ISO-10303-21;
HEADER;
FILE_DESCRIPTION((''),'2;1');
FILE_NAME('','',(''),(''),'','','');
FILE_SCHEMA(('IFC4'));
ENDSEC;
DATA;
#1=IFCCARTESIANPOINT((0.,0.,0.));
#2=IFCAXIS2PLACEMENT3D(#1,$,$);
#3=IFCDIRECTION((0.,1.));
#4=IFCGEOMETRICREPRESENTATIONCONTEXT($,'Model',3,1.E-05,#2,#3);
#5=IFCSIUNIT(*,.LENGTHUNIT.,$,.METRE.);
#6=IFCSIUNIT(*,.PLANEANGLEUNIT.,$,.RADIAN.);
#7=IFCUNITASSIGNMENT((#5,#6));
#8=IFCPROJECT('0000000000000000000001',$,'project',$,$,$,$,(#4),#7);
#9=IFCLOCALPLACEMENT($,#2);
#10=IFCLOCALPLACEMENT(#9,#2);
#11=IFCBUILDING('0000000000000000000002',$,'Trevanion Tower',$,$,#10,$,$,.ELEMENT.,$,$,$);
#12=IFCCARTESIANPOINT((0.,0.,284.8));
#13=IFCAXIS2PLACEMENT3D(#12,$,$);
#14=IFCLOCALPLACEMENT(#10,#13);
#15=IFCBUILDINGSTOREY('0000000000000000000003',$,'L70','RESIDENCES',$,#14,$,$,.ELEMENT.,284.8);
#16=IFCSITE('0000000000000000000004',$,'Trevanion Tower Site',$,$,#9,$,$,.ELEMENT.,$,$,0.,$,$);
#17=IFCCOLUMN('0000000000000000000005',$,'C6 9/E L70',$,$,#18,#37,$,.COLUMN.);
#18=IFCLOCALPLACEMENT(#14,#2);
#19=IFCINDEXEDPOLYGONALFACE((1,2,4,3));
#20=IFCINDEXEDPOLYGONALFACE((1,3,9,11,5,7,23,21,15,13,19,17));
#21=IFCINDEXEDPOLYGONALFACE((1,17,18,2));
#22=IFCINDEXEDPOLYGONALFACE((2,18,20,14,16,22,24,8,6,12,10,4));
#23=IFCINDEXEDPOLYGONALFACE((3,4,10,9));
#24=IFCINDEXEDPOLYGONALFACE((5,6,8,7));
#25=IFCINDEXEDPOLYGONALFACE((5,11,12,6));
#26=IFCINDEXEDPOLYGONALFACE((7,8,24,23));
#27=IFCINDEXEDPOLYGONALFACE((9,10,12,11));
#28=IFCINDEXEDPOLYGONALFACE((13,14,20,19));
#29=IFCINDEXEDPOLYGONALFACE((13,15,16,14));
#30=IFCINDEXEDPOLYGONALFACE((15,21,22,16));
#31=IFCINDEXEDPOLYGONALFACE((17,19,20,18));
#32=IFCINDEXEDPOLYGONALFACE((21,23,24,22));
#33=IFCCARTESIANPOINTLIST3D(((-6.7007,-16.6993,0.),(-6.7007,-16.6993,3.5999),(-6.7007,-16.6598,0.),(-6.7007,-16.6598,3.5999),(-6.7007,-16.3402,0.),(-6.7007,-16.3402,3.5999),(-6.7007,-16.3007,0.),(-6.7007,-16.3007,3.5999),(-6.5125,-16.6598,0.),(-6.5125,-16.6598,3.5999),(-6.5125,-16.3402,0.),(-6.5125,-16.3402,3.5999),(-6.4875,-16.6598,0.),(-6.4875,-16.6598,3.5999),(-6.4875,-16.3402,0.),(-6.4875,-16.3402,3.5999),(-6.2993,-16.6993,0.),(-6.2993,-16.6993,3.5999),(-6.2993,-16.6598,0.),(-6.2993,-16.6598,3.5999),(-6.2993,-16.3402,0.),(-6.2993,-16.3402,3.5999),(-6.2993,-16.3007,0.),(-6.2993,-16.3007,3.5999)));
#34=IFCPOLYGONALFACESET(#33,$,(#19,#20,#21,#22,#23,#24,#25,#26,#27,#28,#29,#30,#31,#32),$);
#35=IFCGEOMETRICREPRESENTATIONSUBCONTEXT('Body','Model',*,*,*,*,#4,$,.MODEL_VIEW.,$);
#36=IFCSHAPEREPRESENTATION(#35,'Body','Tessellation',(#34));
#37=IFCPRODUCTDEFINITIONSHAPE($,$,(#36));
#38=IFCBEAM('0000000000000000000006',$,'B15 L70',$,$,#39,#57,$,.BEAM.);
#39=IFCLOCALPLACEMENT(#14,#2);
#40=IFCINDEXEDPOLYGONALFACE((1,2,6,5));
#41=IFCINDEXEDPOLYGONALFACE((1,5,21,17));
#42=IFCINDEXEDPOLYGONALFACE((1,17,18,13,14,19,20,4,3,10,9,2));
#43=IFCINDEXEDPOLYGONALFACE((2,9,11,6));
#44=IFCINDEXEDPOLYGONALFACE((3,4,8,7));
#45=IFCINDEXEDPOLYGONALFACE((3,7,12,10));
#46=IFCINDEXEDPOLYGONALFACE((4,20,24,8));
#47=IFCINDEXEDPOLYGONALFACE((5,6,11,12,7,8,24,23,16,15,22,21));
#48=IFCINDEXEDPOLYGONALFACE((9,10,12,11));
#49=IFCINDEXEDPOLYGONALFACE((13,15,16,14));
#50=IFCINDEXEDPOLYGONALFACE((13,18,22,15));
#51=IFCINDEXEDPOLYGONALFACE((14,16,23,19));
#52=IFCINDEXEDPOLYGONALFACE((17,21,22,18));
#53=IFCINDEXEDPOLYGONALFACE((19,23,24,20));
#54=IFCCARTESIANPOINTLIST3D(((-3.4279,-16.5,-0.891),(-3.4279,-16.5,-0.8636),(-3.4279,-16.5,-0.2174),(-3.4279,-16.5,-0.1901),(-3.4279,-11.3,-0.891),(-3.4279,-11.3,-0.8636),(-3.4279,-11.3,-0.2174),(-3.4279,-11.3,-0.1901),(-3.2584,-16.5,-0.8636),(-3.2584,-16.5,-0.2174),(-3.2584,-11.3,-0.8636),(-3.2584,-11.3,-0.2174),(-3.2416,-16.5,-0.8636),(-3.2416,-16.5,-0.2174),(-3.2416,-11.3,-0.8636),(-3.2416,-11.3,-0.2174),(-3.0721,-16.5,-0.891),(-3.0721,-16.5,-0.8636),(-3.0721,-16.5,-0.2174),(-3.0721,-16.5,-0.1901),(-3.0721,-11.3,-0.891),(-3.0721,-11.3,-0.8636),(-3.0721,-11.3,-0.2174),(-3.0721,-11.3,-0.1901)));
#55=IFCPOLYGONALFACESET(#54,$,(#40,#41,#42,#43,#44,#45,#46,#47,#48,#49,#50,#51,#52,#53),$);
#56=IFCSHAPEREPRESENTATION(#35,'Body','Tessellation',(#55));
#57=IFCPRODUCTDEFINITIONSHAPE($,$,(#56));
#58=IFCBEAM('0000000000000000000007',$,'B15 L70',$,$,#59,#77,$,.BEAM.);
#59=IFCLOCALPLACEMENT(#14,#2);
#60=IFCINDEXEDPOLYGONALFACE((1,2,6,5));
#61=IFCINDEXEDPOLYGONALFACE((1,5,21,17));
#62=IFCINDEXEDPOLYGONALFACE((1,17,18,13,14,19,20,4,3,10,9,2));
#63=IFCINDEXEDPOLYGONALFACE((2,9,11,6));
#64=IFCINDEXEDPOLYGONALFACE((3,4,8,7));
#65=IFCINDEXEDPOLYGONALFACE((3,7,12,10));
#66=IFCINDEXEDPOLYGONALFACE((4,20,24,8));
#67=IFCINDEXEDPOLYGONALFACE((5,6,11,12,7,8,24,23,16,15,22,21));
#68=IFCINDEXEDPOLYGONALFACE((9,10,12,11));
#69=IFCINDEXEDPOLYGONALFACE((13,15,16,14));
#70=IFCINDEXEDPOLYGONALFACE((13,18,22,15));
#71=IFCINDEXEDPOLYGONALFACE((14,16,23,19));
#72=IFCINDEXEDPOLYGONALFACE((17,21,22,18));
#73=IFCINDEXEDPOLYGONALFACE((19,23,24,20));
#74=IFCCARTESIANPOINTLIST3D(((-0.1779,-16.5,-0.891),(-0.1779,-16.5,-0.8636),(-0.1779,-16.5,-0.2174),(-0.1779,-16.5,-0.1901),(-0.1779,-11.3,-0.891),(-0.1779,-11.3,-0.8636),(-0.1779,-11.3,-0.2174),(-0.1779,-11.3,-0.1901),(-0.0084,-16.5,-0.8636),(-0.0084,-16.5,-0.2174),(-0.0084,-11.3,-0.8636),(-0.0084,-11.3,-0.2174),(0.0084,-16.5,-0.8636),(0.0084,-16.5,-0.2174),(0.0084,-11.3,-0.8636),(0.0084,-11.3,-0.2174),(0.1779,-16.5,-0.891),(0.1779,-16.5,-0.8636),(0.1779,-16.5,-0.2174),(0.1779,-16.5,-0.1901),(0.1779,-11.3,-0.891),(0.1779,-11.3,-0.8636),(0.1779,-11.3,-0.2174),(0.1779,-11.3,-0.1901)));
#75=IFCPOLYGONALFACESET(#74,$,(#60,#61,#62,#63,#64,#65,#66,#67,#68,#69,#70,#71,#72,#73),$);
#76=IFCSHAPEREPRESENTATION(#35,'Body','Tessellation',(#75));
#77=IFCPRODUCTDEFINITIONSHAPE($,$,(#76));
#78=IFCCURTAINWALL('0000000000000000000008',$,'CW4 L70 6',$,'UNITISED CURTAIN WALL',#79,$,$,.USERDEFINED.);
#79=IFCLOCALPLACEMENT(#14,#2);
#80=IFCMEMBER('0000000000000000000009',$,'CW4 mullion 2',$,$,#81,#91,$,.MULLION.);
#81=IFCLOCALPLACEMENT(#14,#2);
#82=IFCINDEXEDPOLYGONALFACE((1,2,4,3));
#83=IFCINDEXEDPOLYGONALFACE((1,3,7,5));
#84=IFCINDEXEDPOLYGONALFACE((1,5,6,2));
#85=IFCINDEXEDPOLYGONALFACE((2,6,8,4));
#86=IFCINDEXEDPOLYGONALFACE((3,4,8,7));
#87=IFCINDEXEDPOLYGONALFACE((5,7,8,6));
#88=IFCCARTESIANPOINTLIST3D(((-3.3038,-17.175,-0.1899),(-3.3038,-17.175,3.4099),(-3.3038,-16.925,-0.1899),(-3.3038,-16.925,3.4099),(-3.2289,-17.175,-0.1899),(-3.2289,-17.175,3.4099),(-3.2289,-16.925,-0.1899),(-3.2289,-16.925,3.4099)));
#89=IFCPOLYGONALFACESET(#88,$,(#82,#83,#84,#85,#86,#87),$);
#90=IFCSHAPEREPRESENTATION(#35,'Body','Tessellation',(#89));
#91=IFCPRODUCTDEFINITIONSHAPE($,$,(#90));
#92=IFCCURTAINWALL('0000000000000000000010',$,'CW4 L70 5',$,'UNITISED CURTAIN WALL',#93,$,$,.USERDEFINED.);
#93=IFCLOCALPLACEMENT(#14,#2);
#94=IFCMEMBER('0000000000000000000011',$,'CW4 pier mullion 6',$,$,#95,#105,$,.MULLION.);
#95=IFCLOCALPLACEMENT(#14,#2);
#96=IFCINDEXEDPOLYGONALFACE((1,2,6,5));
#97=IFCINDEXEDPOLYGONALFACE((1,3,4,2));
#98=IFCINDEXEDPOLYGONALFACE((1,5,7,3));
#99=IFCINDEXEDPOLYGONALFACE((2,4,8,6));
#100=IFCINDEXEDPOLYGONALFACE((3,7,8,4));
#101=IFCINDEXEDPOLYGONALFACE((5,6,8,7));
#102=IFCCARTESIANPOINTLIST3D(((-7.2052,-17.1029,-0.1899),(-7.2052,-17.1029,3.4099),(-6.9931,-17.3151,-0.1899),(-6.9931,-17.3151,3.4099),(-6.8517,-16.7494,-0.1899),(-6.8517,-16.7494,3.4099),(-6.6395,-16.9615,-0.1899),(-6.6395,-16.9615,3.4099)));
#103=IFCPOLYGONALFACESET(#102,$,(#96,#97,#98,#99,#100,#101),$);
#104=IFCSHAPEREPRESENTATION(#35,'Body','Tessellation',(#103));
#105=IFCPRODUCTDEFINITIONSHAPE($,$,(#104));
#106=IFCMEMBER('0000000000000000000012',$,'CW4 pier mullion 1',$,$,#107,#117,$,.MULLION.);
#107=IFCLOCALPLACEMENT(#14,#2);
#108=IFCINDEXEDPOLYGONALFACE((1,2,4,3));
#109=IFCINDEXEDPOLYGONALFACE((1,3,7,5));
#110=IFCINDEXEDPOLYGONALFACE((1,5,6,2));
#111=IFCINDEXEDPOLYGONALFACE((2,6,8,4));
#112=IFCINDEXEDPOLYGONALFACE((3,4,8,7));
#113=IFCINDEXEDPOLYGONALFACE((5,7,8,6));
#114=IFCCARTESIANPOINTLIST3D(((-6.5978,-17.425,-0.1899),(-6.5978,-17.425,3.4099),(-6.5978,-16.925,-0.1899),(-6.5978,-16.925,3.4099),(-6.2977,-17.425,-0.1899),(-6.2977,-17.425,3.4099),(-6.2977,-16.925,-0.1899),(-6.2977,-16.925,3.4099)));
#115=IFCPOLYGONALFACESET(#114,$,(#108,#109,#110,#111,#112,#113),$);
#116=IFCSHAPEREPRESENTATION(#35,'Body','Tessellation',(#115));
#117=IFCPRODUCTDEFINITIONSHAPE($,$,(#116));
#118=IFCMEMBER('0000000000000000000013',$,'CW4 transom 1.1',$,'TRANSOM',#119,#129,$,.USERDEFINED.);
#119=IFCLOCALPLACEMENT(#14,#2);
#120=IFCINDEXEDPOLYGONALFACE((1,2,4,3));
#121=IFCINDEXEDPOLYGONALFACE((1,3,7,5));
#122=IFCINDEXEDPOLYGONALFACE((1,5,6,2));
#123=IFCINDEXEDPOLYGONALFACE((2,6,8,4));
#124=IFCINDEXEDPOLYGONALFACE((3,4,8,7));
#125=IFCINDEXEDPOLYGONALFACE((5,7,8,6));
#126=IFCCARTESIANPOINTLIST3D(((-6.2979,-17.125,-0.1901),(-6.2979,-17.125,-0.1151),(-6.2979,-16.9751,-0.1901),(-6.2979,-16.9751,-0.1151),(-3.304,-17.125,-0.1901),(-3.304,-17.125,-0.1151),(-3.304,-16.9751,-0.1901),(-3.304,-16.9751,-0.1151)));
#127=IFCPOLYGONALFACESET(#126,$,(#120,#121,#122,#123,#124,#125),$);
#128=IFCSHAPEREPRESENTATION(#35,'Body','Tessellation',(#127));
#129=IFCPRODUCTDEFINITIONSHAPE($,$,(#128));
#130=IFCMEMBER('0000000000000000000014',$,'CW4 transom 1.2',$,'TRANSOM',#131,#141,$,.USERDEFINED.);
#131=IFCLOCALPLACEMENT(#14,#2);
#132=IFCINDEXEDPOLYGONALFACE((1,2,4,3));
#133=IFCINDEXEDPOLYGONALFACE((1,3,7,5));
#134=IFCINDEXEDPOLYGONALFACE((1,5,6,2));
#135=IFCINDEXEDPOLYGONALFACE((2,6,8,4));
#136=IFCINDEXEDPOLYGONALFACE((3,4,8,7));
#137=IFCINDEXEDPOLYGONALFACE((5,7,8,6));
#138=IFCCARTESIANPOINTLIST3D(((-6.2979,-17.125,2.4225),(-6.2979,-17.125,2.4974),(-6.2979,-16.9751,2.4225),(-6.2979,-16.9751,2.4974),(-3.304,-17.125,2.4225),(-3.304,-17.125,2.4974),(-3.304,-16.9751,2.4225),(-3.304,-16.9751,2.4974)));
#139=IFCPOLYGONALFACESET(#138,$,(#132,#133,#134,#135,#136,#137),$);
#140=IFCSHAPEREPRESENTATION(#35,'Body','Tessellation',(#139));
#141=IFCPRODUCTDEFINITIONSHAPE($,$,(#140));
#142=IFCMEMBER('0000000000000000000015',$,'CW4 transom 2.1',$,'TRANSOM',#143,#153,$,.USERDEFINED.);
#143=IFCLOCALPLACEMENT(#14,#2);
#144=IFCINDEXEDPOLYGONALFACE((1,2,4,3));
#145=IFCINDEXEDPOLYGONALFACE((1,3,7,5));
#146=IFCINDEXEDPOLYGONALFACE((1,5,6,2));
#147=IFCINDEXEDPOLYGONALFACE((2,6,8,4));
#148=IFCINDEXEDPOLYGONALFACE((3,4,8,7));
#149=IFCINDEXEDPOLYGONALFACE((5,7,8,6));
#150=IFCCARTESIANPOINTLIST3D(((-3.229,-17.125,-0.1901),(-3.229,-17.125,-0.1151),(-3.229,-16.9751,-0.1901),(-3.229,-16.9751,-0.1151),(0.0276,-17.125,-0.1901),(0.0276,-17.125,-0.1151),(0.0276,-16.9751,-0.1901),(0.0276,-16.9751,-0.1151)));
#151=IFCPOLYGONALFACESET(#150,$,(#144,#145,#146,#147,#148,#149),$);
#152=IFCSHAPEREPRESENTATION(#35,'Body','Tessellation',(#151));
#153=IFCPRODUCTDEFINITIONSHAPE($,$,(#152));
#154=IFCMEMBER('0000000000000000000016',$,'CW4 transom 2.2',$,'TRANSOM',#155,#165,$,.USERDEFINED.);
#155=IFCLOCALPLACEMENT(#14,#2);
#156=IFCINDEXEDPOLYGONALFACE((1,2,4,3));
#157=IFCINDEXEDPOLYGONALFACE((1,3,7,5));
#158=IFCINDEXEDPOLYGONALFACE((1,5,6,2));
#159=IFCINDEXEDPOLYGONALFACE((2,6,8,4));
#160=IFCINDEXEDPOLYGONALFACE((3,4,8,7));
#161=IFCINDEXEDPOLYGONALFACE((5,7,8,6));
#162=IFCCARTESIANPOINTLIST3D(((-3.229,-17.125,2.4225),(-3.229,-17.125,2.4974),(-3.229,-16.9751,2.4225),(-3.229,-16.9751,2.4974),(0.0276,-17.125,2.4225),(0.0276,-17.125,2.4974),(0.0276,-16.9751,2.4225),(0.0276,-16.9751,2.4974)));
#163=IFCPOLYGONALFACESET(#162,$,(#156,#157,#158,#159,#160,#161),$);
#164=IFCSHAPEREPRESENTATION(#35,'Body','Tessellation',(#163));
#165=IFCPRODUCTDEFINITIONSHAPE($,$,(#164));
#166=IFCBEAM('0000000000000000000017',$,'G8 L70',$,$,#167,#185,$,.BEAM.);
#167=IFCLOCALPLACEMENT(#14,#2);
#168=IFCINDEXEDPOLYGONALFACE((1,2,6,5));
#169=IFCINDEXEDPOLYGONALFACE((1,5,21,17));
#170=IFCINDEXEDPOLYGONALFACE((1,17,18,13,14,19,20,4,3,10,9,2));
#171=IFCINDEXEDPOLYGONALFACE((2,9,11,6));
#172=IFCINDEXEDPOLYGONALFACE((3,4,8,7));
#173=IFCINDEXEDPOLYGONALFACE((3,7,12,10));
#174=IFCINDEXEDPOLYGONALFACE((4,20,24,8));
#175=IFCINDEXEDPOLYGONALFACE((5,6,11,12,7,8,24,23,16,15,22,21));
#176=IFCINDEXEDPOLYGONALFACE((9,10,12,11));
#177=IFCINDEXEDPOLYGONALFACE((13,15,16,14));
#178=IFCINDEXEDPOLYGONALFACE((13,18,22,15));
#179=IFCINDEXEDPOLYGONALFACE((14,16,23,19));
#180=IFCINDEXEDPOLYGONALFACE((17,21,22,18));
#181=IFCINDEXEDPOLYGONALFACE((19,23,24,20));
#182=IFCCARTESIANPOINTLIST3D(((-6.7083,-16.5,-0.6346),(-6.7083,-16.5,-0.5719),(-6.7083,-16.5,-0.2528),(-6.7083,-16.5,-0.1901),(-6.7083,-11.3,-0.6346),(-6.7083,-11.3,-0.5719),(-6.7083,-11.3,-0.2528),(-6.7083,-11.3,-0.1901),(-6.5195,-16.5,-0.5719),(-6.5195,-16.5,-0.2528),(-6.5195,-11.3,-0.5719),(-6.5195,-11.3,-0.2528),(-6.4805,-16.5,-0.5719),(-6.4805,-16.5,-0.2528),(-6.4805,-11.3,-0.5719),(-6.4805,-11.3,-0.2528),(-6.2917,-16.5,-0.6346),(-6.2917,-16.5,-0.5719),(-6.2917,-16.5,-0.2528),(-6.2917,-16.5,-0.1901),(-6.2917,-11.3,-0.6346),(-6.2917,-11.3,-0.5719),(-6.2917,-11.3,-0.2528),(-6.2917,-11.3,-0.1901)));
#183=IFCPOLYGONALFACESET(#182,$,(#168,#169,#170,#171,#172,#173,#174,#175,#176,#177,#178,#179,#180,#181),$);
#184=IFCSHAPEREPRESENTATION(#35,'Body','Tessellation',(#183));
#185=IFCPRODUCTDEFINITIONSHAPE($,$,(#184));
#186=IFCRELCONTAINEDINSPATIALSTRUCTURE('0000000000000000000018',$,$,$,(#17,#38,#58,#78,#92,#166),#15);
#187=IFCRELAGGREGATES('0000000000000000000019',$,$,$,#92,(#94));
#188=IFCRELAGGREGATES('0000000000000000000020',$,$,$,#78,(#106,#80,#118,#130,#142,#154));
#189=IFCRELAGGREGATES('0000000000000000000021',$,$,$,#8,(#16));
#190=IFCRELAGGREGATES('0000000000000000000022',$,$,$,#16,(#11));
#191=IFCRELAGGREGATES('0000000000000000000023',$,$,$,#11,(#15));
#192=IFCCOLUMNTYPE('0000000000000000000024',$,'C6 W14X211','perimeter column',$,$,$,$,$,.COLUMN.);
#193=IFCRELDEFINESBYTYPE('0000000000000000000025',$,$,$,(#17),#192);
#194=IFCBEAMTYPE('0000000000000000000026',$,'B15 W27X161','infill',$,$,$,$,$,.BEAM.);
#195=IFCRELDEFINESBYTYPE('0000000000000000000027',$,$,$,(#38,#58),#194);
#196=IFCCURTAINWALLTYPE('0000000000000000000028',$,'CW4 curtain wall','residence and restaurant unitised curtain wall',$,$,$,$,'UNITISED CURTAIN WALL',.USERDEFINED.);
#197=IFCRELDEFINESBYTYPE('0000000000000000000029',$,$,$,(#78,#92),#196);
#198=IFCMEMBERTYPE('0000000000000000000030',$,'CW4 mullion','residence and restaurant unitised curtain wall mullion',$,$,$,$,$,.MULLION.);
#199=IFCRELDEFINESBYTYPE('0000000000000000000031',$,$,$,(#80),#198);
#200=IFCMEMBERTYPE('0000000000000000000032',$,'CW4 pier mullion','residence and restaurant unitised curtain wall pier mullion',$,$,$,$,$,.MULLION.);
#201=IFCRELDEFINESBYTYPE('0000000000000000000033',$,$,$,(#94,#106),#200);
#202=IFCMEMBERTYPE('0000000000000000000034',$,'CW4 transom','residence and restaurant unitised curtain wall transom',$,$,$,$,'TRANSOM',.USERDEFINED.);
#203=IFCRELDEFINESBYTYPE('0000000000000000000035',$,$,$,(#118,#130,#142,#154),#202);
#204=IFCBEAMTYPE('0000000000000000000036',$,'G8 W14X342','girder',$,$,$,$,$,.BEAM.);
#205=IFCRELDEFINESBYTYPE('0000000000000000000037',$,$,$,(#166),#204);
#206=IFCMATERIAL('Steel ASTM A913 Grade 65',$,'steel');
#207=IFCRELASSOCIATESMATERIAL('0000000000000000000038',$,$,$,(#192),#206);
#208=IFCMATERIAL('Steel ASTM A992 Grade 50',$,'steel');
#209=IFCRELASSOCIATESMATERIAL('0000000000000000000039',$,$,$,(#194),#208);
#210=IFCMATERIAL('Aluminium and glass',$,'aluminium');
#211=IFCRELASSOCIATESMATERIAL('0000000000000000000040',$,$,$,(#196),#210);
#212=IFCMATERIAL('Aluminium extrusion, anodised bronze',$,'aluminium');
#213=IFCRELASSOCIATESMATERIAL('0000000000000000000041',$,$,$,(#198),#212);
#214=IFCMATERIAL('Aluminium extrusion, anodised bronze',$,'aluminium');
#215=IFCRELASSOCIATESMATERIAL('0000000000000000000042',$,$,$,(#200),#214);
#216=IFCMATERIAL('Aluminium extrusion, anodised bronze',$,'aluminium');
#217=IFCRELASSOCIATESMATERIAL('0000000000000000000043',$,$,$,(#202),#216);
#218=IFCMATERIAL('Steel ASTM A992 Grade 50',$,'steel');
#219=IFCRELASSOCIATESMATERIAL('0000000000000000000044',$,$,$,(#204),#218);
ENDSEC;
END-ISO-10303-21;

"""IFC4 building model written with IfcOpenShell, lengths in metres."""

from ifc_helpers import new_model, si_unit, direction, frame, origin, origin_2d, place, context, subcontext, project, spatial, rectangle, i_section, extrude, material, material_profile, profile_set, type_object, element, aggregate, save


model = new_model("IFC4")

# Units and contexts
model_context = context("Model", 3, precision=1e-05, world=origin(), true_north=direction((0.0, 1.0)))
body_context = subcontext(model_context, "Body", "Model", "MODEL_VIEW")
ifc_project = project(units=[si_unit("LENGTHUNIT", "METRE"), si_unit("PLANEANGLEUNIT", "RADIAN")], contexts=[model_context])

# Site, building, storey
site_placement = place(None, origin())
site = spatial("IfcSite", under=ifc_project, at=site_placement, Name="Trevanion Tower Site", CompositionType="ELEMENT", RefElevation=0.0)
building_placement = place(site_placement, origin())
building = spatial("IfcBuilding", under=site, at=building_placement, Name="Trevanion Tower", CompositionType="ELEMENT")
storey_placement = place(building_placement, frame((0.0, 0.0, 284.8)))
storey = spatial("IfcBuildingStorey", under=building, at=storey_placement, Name="L70", Description="RESIDENCES", CompositionType="ELEMENT", Elevation=284.8)

# Column
ifc_material_1 = material(Name="Steel ASTM A913 Grade 65", Category="steel")
ifc_material_profile_1 = material_profile(ifc_material_1, i_section(OverallWidth=0.4014, OverallDepth=0.3987, WebThickness=0.0249, FlangeThickness=0.0396, at=origin_2d()), Name="W14X211")
ifc_profile_set_1 = profile_set([ifc_material_profile_1], Name="Steel ASTM A913 Grade 65")
column_type = type_object("IfcColumnType", Name="C6 W14X211", Description="perimeter column", PredefinedType="COLUMN", material=ifc_profile_set_1)
column_placement = place(storey_placement, frame((-6.5, -16.5, 0.0), z_axis=(0.0, 0.0, 1.0), x_axis=(1.0, 0.0, 0.0)))
element("IfcColumn", 1, at=column_placement, inside=storey, type_object=column_type, Name="C6 9/E L70", PredefinedType="COLUMN", context=body_context, shape_type="SweptSolid", body=[
    extrude(i_section(OverallWidth=0.4014, OverallDepth=0.3987, WebThickness=0.0249, FlangeThickness=0.0396, at=origin_2d()), origin(), (0.0, 0.0, 1.0), 3.5999),
])

# Beams
ifc_material_2 = material(Name="Steel ASTM A992 Grade 50", Category="steel")
ifc_material_profile_2 = material_profile(ifc_material_2, i_section(OverallWidth=0.3557, OverallDepth=0.7009, WebThickness=0.0168, FlangeThickness=0.0273, at=origin_2d()), Name="W27X161")
ifc_profile_set_2 = profile_set([ifc_material_profile_2], Name="Steel ASTM A992 Grade 50")
beam_type_1 = type_object("IfcBeamType", Name="B15 W27X161", Description="infill", PredefinedType="BEAM", material=ifc_profile_set_2)
for number, where, z_axis, x_axis, name in (
    (2, (-3.25, -11.3, -0.5405), (0.0, -1.0, 0.0), (1.0, 0.0, 0.0), "B15 L70"),
    (3, (0.0, -11.3, -0.5405), (0.0, -1.0, 0.0), (1.0, 0.0, 0.0), "B15 L70"),
):
    element("IfcBeam", number, at=place(storey_placement, frame(where, z_axis=z_axis, x_axis=x_axis)), inside=storey, type_object=beam_type_1, Name=name, PredefinedType="BEAM", context=body_context, shape_type="SweptSolid", body=[
        extrude(i_section(OverallWidth=0.3557, OverallDepth=0.7009, WebThickness=0.0168, FlangeThickness=0.0273, at=origin_2d()), origin(), (0.0, 0.0, 1.0), 5.2),
    ])

# Curtain walls, members
ifc_material_3 = material(Name="Aluminium and glass", Category="aluminium")
curtain_wall_type = type_object("IfcCurtainWallType", Name="CW4 curtain wall", Description="residence and restaurant unitised curtain wall", ElementType="UNITISED CURTAIN WALL", PredefinedType="USERDEFINED", material=ifc_material_3)
curtain_wall_1_placement = place(storey_placement, origin())
curtain_wall_1 = element("IfcCurtainWall", 4, at=curtain_wall_1_placement, inside=storey, type_object=curtain_wall_type, Name="CW4 L70 6", ObjectType="UNITISED CURTAIN WALL", PredefinedType="USERDEFINED")
ifc_material_4 = material(Name="Aluminium extrusion, anodised bronze", Category="aluminium")
ifc_material_profile_3 = material_profile(ifc_material_4, rectangle(XDim=0.075, YDim=0.25, at=origin_2d()), Name="CW4 mullion")
ifc_profile_set_3 = profile_set([ifc_material_profile_3], Name="Aluminium extrusion, anodised bronze")
member_type_1 = type_object("IfcMemberType", Name="CW4 mullion", Description="residence and restaurant unitised curtain wall mullion", PredefinedType="MULLION", material=ifc_profile_set_3)
member_1_placement = place(storey_placement, frame((-3.2664, -17.05, -0.1899), z_axis=(0.0, 0.0, 1.0), x_axis=(1.0, 0.0, 0.0)))
member_1 = element("IfcMember", 5, at=member_1_placement, type_object=member_type_1, Name="CW4 mullion 2", PredefinedType="MULLION", context=body_context, shape_type="SweptSolid", body=[
    extrude(rectangle(XDim=0.075, YDim=0.25, at=origin_2d()), origin(), (0.0, 0.0, 1.0), 3.5999),
])
curtain_wall_2_placement = place(storey_placement, origin())
curtain_wall_2 = element("IfcCurtainWall", 6, at=curtain_wall_2_placement, inside=storey, type_object=curtain_wall_type, Name="CW4 L70 5", ObjectType="UNITISED CURTAIN WALL", PredefinedType="USERDEFINED")
ifc_material_5 = material(Name="Aluminium extrusion, anodised bronze", Category="aluminium")
ifc_material_profile_4 = material_profile(ifc_material_5, rectangle(XDim=0.3, YDim=0.5, at=origin_2d()), Name="CW4 pier mullion")
ifc_profile_set_4 = profile_set([ifc_material_profile_4], Name="Aluminium extrusion, anodised bronze")
member_type_2 = type_object("IfcMemberType", Name="CW4 pier mullion", Description="residence and restaurant unitised curtain wall pier mullion", PredefinedType="MULLION", material=ifc_profile_set_4)
member_2_placement = place(storey_placement, frame((-6.9224, -17.0322, -0.1899), z_axis=(0.0, 0.0, 1.0), x_axis=(0.707107, -0.707107, 0.0)))
member_2 = element("IfcMember", 7, at=member_2_placement, type_object=member_type_2, Name="CW4 pier mullion 6", PredefinedType="MULLION", context=body_context, shape_type="SweptSolid", body=[
    extrude(rectangle(XDim=0.3, YDim=0.5, at=origin_2d()), origin(), (0.0, 0.0, 1.0), 3.5999),
])

# Members
member_3_placement = place(storey_placement, frame((-6.4478, -17.175, -0.1899), z_axis=(0.0, 0.0, 1.0), x_axis=(1.0, 0.0, 0.0)))
member_3 = element("IfcMember", 8, at=member_3_placement, type_object=member_type_2, Name="CW4 pier mullion 1", PredefinedType="MULLION", context=body_context, shape_type="SweptSolid", body=[
    extrude(rectangle(XDim=0.3, YDim=0.5, at=origin_2d()), origin(), (0.0, 0.0, 1.0), 3.5999),
])
ifc_material_6 = material(Name="Aluminium extrusion, anodised bronze", Category="aluminium")
ifc_material_profile_5 = material_profile(ifc_material_6, rectangle(XDim=0.1499, YDim=0.075, at=origin_2d()), Name="CW4 transom")
ifc_profile_set_5 = profile_set([ifc_material_profile_5], Name="Aluminium extrusion, anodised bronze")
member_type_3 = type_object("IfcMemberType", Name="CW4 transom", Description="residence and restaurant unitised curtain wall transom", ElementType="TRANSOM", PredefinedType="USERDEFINED", material=ifc_profile_set_5)
member_4_placement = place(storey_placement, frame((-6.2979, -17.05, -0.1526), z_axis=(1.0, 0.0, 0.0), x_axis=(0.0, 1.0, 0.0)))
member_4 = element("IfcMember", 9, at=member_4_placement, type_object=member_type_3, Name="CW4 transom 1.1", ObjectType="TRANSOM", PredefinedType="USERDEFINED", context=body_context, shape_type="SweptSolid", body=[
    extrude(rectangle(XDim=0.1499, YDim=0.075, at=origin_2d()), origin(), (0.0, 0.0, 1.0), 2.9939),
])
member_5_placement = place(storey_placement, frame((-6.2979, -17.05, 2.46), z_axis=(1.0, 0.0, 0.0), x_axis=(0.0, 1.0, 0.0)))
member_5 = element("IfcMember", 10, at=member_5_placement, type_object=member_type_3, Name="CW4 transom 1.2", ObjectType="TRANSOM", PredefinedType="USERDEFINED", context=body_context, shape_type="SweptSolid", body=[
    extrude(rectangle(XDim=0.1499, YDim=0.075, at=origin_2d()), origin(), (0.0, 0.0, 1.0), 2.9939),
])
member_6_placement = place(storey_placement, frame((-3.229, -17.05, -0.1526), z_axis=(1.0, 0.0, 0.0), x_axis=(0.0, 1.0, 0.0)))
member_6 = element("IfcMember", 11, at=member_6_placement, type_object=member_type_3, Name="CW4 transom 2.1", ObjectType="TRANSOM", PredefinedType="USERDEFINED", context=body_context, shape_type="SweptSolid", body=[
    extrude(rectangle(XDim=0.1499, YDim=0.075, at=origin_2d()), origin(), (0.0, 0.0, 1.0), 3.2566),
])
member_7_placement = place(storey_placement, frame((-3.229, -17.05, 2.46), z_axis=(1.0, 0.0, 0.0), x_axis=(0.0, 1.0, 0.0)))
member_7 = element("IfcMember", 12, at=member_7_placement, type_object=member_type_3, Name="CW4 transom 2.2", ObjectType="TRANSOM", PredefinedType="USERDEFINED", context=body_context, shape_type="SweptSolid", body=[
    extrude(rectangle(XDim=0.1499, YDim=0.075, at=origin_2d()), origin(), (0.0, 0.0, 1.0), 3.2566),
])

# Beam
ifc_material_7 = material(Name="Steel ASTM A992 Grade 50", Category="steel")
ifc_material_profile_6 = material_profile(ifc_material_7, i_section(OverallWidth=0.4165, OverallDepth=0.4446, WebThickness=0.0391, FlangeThickness=0.0627, at=origin_2d()), Name="W14X342")
ifc_profile_set_6 = profile_set([ifc_material_profile_6], Name="Steel ASTM A992 Grade 50")
beam_type_2 = type_object("IfcBeamType", Name="G8 W14X342", Description="girder", PredefinedType="BEAM", material=ifc_profile_set_6)
beam_1_placement = place(storey_placement, frame((-6.5, -11.3, -0.4124), z_axis=(0.0, -1.0, 0.0), x_axis=(1.0, 0.0, 0.0)))
element("IfcBeam", 13, at=beam_1_placement, inside=storey, type_object=beam_type_2, Name="G8 L70", PredefinedType="BEAM", context=body_context, shape_type="SweptSolid", body=[
    extrude(i_section(OverallWidth=0.4165, OverallDepth=0.4446, WebThickness=0.0391, FlangeThickness=0.0627, at=origin_2d()), origin(), (0.0, 0.0, 1.0), 5.2),
])

aggregate(curtain_wall_2, [member_2])
aggregate(curtain_wall_1, [member_3, member_1, member_4, member_5, member_6, member_7])

save(model, "model.ifc")
